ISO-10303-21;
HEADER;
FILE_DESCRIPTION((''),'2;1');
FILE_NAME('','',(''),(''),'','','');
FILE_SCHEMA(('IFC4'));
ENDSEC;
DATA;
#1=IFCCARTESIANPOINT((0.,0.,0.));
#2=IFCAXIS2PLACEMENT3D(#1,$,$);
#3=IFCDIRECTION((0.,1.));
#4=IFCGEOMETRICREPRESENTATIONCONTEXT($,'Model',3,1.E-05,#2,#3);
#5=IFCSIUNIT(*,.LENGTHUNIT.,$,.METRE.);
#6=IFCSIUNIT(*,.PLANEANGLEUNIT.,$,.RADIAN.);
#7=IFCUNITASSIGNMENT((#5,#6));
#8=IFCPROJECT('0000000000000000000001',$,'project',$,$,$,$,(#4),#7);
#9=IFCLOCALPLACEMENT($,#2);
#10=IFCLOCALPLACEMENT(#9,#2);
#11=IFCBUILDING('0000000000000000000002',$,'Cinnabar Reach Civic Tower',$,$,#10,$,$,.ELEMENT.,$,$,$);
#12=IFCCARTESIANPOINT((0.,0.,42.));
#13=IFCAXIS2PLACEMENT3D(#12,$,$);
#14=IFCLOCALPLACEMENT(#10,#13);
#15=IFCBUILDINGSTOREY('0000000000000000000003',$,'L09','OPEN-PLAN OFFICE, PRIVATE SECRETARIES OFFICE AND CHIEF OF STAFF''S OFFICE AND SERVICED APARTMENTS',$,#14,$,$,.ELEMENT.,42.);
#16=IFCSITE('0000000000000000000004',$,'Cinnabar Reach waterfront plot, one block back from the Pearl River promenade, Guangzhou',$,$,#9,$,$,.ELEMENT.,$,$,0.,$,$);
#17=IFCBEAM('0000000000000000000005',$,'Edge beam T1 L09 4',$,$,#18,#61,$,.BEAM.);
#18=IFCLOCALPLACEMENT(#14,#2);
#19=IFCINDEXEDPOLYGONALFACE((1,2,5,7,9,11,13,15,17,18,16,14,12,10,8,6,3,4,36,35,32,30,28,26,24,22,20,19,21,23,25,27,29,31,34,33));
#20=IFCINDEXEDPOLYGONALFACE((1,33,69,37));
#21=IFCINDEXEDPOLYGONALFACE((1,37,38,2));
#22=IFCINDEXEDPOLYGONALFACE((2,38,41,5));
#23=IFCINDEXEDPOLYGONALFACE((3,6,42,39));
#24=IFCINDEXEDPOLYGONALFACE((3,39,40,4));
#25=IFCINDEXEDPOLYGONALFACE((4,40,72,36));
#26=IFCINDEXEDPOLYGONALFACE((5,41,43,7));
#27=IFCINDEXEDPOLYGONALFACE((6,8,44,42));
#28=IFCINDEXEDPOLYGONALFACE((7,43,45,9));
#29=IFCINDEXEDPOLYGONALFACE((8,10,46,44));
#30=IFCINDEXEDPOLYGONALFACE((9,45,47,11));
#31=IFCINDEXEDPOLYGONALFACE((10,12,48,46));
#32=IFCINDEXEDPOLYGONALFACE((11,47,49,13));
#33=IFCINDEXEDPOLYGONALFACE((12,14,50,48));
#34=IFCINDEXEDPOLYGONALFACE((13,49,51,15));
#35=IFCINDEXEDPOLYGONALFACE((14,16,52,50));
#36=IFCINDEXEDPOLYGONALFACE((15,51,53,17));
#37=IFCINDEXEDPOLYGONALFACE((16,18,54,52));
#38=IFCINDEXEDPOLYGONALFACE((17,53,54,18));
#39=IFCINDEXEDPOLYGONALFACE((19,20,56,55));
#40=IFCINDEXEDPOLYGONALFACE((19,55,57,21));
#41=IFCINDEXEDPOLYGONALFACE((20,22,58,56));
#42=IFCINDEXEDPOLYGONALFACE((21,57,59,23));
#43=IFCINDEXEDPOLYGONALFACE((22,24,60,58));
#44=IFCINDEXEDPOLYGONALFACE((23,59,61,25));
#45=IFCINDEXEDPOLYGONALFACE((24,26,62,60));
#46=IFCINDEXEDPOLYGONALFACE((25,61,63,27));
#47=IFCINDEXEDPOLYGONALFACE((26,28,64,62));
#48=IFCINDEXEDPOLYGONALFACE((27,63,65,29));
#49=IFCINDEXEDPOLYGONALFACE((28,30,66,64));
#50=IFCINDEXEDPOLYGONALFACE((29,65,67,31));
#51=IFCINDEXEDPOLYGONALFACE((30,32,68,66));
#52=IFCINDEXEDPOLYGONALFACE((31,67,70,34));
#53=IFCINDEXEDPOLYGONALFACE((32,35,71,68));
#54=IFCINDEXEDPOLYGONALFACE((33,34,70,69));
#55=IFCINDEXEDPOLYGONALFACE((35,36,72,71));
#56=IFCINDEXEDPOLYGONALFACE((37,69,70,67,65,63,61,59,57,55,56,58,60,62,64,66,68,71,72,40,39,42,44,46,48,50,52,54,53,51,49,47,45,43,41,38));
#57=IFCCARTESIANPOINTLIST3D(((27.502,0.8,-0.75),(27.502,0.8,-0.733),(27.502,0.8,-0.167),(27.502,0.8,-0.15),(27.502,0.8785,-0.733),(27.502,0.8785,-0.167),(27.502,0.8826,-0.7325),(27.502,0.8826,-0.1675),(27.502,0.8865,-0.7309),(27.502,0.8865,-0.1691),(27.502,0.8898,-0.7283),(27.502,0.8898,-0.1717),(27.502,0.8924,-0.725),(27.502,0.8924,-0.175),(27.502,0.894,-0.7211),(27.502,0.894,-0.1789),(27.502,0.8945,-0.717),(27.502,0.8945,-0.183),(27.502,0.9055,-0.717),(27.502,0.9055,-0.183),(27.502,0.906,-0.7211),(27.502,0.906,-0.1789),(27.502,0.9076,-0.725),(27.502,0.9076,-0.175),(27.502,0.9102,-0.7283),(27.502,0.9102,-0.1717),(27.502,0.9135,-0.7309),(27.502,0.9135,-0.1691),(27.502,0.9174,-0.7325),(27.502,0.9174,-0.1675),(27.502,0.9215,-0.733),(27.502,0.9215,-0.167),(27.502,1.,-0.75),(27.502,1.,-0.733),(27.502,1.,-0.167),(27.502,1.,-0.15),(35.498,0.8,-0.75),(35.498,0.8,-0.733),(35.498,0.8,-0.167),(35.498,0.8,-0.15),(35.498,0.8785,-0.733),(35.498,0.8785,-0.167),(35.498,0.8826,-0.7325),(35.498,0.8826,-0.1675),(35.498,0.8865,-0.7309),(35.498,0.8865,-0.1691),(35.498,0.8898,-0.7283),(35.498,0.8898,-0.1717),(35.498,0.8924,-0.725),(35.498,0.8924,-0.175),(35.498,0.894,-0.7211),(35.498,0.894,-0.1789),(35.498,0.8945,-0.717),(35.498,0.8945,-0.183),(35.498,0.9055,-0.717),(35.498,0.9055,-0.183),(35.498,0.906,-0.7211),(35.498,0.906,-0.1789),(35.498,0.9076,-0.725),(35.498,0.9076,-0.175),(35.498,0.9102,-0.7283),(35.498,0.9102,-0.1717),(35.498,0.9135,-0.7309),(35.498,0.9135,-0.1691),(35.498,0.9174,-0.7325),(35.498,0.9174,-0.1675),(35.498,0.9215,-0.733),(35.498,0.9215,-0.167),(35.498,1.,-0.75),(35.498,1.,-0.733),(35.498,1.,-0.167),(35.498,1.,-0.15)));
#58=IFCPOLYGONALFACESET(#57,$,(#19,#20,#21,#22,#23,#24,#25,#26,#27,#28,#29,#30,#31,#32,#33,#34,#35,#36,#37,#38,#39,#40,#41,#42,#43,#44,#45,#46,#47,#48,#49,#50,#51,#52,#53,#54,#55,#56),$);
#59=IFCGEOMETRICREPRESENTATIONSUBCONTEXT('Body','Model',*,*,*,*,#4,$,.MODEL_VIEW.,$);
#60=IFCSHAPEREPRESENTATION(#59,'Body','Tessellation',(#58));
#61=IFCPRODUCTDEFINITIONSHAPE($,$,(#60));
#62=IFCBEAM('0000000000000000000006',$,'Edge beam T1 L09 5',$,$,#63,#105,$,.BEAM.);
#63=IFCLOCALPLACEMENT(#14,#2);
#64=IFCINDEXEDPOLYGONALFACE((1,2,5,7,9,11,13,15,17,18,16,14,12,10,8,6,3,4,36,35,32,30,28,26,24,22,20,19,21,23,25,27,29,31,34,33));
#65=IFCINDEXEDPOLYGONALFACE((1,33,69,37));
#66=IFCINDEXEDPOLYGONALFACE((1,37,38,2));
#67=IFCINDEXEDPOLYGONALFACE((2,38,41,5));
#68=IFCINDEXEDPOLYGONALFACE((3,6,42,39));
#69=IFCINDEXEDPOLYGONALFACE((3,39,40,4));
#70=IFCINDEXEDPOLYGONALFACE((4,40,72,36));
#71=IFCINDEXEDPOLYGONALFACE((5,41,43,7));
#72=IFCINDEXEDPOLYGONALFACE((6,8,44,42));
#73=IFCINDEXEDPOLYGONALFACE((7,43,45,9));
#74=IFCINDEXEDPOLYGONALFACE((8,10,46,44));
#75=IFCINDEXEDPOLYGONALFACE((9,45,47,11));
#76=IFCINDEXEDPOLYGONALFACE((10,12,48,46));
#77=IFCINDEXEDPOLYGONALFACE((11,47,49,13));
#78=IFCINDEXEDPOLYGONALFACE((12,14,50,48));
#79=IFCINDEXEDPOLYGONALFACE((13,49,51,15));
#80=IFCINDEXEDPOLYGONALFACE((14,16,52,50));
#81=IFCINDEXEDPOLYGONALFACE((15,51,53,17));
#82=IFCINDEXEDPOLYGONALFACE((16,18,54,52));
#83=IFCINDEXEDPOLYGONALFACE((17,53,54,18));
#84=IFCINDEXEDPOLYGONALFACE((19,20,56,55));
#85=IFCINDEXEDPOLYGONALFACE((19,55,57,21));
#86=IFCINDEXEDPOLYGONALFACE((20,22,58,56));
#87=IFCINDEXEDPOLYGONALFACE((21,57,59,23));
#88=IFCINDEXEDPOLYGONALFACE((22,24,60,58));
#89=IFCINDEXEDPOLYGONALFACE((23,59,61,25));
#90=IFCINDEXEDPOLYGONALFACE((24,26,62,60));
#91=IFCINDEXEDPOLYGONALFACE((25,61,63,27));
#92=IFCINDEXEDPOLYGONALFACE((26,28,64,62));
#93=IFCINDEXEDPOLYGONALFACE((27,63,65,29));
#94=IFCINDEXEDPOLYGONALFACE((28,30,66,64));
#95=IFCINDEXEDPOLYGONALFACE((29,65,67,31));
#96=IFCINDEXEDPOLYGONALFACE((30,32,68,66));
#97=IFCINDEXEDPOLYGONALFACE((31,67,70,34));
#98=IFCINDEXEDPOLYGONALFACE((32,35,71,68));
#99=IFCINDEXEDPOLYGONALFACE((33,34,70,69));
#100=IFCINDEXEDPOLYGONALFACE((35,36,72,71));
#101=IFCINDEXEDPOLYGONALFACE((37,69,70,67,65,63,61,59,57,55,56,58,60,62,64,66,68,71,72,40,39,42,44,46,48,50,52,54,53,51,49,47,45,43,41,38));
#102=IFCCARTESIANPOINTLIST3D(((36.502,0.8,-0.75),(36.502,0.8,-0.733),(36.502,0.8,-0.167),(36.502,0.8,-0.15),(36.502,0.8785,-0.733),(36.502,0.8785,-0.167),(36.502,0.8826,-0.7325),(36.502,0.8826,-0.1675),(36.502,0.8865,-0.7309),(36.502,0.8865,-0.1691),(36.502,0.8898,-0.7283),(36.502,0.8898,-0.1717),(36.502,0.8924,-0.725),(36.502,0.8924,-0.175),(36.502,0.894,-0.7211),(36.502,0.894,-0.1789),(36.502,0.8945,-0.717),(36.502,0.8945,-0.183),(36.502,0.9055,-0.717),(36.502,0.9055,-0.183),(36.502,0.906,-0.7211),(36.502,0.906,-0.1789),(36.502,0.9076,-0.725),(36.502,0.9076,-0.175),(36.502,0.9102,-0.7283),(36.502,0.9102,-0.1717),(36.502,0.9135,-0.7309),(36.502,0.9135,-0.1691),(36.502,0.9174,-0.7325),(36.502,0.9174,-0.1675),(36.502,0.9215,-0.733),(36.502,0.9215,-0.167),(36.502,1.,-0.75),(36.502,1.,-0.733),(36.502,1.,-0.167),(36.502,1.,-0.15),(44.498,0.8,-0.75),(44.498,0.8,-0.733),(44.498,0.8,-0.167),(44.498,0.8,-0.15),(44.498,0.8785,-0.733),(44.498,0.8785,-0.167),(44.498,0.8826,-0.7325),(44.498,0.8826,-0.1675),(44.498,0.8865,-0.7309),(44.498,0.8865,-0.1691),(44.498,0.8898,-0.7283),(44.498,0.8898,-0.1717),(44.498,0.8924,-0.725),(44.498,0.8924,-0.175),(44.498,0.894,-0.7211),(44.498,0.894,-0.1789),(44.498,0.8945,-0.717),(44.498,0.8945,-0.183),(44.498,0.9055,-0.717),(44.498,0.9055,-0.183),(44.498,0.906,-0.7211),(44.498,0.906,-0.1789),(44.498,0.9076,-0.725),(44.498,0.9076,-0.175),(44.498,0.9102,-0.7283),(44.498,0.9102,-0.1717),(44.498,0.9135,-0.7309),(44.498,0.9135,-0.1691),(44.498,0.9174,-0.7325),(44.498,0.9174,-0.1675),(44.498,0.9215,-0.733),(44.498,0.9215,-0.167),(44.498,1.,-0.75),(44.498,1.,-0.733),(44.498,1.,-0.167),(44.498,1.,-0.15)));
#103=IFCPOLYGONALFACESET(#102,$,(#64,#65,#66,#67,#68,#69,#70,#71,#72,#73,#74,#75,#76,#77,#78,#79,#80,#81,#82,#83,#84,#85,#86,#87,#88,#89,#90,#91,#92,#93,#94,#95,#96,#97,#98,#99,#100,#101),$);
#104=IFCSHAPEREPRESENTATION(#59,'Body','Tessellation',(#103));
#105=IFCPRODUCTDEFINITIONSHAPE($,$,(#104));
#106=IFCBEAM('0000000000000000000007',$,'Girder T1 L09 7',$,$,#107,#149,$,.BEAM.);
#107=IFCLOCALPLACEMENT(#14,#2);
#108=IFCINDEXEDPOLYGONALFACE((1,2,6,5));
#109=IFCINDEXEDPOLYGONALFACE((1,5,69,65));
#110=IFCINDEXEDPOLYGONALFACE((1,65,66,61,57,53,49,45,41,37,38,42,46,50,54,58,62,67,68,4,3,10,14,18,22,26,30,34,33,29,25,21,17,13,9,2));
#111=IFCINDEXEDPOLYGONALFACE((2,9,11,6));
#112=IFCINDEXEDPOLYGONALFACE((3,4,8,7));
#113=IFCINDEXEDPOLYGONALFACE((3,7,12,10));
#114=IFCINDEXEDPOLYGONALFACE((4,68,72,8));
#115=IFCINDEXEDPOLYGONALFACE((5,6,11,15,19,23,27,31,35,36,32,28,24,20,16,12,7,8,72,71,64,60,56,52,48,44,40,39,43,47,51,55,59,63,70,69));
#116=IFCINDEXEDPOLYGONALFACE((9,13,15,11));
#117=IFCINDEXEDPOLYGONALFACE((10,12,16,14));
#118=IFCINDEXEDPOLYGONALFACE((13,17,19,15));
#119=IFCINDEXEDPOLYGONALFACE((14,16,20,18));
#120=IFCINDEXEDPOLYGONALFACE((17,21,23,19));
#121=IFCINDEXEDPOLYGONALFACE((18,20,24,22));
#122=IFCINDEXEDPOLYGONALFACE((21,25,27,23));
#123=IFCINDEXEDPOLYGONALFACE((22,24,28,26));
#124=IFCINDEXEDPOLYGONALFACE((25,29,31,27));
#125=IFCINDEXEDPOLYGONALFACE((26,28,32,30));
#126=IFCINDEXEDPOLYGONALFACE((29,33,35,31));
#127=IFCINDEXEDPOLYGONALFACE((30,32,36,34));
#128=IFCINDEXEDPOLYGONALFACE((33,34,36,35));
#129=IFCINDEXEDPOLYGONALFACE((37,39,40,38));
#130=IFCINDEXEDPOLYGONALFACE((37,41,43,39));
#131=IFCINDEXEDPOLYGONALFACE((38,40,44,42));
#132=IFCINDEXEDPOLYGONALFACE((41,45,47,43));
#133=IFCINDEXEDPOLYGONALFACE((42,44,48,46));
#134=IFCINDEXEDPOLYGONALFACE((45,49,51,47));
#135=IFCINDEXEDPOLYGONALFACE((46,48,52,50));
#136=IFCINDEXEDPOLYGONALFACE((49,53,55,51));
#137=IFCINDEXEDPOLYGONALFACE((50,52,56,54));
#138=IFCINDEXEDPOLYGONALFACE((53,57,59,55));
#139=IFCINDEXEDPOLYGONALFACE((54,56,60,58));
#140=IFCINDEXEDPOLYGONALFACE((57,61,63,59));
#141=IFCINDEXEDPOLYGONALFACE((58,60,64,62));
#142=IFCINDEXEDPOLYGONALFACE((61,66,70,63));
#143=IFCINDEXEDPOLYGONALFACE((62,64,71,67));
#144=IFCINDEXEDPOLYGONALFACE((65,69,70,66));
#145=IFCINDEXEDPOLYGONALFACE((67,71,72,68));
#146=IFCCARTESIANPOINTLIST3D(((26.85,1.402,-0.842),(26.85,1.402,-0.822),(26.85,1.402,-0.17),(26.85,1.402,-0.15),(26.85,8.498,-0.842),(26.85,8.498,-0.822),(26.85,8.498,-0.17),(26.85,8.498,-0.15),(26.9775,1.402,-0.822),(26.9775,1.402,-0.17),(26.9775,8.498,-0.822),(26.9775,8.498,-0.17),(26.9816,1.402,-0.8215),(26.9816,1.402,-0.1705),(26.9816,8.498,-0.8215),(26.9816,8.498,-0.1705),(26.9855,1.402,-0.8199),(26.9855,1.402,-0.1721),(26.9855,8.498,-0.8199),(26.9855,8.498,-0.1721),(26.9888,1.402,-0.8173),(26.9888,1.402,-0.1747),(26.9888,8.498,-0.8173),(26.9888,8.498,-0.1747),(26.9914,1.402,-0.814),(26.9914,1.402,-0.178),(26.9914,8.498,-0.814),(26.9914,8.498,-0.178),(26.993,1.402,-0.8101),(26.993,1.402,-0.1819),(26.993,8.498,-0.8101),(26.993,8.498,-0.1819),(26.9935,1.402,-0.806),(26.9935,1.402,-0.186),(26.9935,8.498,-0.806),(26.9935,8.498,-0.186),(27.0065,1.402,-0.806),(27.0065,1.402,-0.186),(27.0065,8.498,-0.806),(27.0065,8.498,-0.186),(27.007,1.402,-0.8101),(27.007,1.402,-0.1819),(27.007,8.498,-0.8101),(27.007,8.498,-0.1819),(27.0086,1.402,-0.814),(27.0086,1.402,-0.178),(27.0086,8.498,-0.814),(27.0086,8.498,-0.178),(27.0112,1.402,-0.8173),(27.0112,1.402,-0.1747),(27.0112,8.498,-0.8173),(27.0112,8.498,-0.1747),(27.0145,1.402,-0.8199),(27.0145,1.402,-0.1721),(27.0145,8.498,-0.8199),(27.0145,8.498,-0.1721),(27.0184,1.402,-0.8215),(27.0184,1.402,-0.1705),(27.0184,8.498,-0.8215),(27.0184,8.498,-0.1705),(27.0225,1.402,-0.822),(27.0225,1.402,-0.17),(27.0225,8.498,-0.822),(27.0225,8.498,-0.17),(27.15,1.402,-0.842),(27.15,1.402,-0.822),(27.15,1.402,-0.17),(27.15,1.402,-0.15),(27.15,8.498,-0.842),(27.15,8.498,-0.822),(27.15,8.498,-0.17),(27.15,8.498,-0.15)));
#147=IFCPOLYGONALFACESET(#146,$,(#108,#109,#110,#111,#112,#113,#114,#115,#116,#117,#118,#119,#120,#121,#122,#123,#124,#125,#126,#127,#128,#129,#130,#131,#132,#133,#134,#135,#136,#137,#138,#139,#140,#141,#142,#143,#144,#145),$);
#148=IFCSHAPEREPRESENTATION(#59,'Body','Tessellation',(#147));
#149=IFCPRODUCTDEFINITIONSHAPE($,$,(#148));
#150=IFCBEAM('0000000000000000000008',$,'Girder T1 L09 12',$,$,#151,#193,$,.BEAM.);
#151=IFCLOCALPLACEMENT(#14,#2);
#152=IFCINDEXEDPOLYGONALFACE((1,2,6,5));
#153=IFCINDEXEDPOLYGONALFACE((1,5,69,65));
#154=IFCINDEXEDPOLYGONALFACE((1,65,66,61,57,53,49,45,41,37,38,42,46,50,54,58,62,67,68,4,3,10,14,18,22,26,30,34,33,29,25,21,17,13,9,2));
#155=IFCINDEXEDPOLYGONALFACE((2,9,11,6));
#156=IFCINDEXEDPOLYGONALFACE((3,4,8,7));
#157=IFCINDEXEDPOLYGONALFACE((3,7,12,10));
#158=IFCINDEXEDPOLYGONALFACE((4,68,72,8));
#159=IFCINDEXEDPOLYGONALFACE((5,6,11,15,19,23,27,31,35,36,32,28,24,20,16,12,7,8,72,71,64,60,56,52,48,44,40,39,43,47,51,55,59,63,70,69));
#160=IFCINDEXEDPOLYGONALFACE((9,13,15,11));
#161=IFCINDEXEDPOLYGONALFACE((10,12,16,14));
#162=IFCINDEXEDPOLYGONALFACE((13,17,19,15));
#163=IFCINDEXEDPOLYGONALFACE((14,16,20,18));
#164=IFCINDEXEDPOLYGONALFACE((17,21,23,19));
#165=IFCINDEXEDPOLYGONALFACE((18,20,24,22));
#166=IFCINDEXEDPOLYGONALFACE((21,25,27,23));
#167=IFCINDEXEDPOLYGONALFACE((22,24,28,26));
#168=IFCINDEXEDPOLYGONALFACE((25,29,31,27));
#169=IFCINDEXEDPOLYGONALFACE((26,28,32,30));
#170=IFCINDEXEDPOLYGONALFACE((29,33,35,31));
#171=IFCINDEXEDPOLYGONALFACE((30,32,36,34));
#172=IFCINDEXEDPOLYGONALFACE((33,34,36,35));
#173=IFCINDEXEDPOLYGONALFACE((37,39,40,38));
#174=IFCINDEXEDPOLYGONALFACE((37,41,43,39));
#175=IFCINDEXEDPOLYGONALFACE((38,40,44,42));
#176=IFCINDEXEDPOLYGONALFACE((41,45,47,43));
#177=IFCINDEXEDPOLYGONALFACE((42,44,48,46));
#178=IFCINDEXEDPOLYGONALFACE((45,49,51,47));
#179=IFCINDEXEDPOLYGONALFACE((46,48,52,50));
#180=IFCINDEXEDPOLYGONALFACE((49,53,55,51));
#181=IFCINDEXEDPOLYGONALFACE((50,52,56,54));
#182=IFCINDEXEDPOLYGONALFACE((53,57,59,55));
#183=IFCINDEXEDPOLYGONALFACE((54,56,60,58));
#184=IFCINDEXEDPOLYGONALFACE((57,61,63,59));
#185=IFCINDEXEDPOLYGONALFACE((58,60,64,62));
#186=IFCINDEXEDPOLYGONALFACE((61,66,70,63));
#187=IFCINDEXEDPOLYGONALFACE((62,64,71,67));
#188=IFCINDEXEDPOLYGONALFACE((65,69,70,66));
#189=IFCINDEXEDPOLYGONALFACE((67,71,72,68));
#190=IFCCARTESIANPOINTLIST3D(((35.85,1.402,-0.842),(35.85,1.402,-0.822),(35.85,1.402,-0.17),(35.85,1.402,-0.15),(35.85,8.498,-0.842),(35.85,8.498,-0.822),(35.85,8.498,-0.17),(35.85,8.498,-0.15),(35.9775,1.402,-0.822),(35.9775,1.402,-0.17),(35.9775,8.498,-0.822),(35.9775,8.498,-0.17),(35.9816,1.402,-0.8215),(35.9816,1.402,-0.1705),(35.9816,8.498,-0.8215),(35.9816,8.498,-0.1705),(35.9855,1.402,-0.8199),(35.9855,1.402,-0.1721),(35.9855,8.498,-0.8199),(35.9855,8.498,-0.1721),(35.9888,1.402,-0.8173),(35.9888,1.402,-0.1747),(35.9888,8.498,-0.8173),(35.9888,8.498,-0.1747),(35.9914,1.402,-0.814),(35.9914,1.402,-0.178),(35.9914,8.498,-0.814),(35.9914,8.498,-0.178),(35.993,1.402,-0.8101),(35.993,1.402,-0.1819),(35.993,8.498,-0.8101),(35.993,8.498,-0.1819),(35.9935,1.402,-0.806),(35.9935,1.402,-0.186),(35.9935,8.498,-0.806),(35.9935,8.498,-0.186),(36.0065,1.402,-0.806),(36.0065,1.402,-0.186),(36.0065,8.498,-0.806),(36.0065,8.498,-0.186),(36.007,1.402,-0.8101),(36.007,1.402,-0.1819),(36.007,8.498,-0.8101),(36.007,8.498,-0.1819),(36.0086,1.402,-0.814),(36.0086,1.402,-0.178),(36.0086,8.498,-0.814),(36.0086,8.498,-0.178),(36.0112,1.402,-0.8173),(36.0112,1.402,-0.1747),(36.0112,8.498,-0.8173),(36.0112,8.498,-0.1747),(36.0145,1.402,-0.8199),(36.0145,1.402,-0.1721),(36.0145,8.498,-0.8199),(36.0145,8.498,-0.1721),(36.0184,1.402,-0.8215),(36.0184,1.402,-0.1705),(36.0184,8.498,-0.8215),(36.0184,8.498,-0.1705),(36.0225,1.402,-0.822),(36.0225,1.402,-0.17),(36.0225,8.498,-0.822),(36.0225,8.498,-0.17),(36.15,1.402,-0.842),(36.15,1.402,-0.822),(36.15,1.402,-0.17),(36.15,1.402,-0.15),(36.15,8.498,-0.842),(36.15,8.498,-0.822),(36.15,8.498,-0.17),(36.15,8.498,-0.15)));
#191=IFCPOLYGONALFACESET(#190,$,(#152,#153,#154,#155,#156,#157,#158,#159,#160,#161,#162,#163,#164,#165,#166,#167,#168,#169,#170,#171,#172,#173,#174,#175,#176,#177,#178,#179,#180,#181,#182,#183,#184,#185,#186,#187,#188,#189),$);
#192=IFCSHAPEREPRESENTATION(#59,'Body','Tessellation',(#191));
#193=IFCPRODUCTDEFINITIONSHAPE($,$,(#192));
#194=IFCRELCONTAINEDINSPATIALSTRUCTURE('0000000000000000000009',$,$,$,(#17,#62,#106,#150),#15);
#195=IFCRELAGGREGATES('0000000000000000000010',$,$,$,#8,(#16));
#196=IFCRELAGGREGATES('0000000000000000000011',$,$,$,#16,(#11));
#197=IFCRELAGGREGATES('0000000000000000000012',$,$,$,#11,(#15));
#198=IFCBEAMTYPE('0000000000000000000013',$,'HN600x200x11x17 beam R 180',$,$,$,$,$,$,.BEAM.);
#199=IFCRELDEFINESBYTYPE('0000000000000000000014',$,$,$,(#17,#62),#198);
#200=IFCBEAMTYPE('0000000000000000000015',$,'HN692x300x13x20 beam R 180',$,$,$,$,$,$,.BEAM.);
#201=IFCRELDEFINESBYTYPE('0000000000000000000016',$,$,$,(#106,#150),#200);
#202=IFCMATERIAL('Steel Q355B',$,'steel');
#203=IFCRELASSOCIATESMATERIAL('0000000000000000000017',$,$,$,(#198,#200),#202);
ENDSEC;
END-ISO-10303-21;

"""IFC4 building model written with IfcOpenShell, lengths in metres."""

from ifc_helpers import new_model, si_unit, direction, frame, origin, origin_2d, place, context, subcontext, project, spatial, i_section, extrude, material, material_profile, profile_set, type_object, element, save


model = new_model("IFC4")

# Units and contexts
model_context = context("Model", 3, precision=1e-05, world=origin(), true_north=direction((0.0, 1.0)))
body_context = subcontext(model_context, "Body", "Model", "MODEL_VIEW")
ifc_project = project(units=[si_unit("LENGTHUNIT", "METRE"), si_unit("PLANEANGLEUNIT", "RADIAN")], contexts=[model_context])

# Site, building, storey
site_placement = place(None, origin())
site = spatial("IfcSite", under=ifc_project, at=site_placement, Name="Cinnabar Reach waterfront plot, one block back from the Pearl River promenade, Guangzhou", CompositionType="ELEMENT", RefElevation=0.0)
building_placement = place(site_placement, origin())
building = spatial("IfcBuilding", under=site, at=building_placement, Name="Cinnabar Reach Civic Tower", CompositionType="ELEMENT")
storey_placement = place(building_placement, frame((0.0, 0.0, 42.0)))
storey = spatial("IfcBuildingStorey", under=building, at=storey_placement, Name="L09", Description="OPEN-PLAN OFFICE, PRIVATE SECRETARIES OFFICE AND CHIEF OF STAFF'S OFFICE AND SERVICED APARTMENTS", CompositionType="ELEMENT", Elevation=42.0)

# Beams
ifc_material_1 = material(Name="Steel Q355B", Category="steel")
ifc_material_profile_1 = material_profile(ifc_material_1, i_section(OverallWidth=0.2, OverallDepth=0.6, WebThickness=0.011, FlangeThickness=0.017, FilletRadius=0.016, at=origin_2d()), Name="HN600x200x11x17")
ifc_profile_set_1 = profile_set([ifc_material_profile_1], Name="Steel Q355B")
beam_type_1 = type_object("IfcBeamType", Name="HN600x200x11x17 beam R 180", PredefinedType="BEAM", material=ifc_profile_set_1)
for number, where, z_axis, x_axis, name in (
    (1, (27.502, 0.9, -0.45), (1.0, 0.0, 0.0), (0.0, 1.0, 0.0), "Edge beam T1 L09 4"),
    (2, (36.502, 0.9, -0.45), (1.0, 0.0, 0.0), (0.0, 1.0, 0.0), "Edge beam T1 L09 5"),
):
    element("IfcBeam", number, at=place(storey_placement, frame(where, z_axis=z_axis, x_axis=x_axis)), inside=storey, type_object=beam_type_1, Name=name, PredefinedType="BEAM", context=body_context, shape_type="SweptSolid", body=[
        extrude(i_section(OverallWidth=0.2, OverallDepth=0.6, WebThickness=0.011, FlangeThickness=0.017, FilletRadius=0.016, at=origin_2d()), origin(), (0.0, 0.0, 1.0), 7.996),
    ])
ifc_material_profile_2 = material_profile(ifc_material_1, i_section(OverallWidth=0.3, OverallDepth=0.692, WebThickness=0.013, FlangeThickness=0.02, FilletRadius=0.016, at=origin_2d()), Name="HN692x300x13x20")
ifc_profile_set_2 = profile_set([ifc_material_profile_2], Name="Steel Q355B")
beam_type_2 = type_object("IfcBeamType", Name="HN692x300x13x20 beam R 180", PredefinedType="BEAM", material=ifc_profile_set_2)
for number, where, z_axis, x_axis, name in (
    (3, (27.0, 1.402, -0.496), (0.0, 1.0, 0.0), (-1.0, 0.0, 0.0), "Girder T1 L09 7"),
    (4, (36.0, 1.402, -0.496), (0.0, 1.0, 0.0), (-1.0, 0.0, 0.0), "Girder T1 L09 12"),
):
    element("IfcBeam", number, at=place(storey_placement, frame(where, z_axis=z_axis, x_axis=x_axis)), inside=storey, type_object=beam_type_2, Name=name, PredefinedType="BEAM", context=body_context, shape_type="SweptSolid", body=[
        extrude(i_section(OverallWidth=0.3, OverallDepth=0.692, WebThickness=0.013, FlangeThickness=0.02, FilletRadius=0.016, at=origin_2d()), origin(), (0.0, 0.0, 1.0), 7.096),
    ])

save(model, "model.ifc")
